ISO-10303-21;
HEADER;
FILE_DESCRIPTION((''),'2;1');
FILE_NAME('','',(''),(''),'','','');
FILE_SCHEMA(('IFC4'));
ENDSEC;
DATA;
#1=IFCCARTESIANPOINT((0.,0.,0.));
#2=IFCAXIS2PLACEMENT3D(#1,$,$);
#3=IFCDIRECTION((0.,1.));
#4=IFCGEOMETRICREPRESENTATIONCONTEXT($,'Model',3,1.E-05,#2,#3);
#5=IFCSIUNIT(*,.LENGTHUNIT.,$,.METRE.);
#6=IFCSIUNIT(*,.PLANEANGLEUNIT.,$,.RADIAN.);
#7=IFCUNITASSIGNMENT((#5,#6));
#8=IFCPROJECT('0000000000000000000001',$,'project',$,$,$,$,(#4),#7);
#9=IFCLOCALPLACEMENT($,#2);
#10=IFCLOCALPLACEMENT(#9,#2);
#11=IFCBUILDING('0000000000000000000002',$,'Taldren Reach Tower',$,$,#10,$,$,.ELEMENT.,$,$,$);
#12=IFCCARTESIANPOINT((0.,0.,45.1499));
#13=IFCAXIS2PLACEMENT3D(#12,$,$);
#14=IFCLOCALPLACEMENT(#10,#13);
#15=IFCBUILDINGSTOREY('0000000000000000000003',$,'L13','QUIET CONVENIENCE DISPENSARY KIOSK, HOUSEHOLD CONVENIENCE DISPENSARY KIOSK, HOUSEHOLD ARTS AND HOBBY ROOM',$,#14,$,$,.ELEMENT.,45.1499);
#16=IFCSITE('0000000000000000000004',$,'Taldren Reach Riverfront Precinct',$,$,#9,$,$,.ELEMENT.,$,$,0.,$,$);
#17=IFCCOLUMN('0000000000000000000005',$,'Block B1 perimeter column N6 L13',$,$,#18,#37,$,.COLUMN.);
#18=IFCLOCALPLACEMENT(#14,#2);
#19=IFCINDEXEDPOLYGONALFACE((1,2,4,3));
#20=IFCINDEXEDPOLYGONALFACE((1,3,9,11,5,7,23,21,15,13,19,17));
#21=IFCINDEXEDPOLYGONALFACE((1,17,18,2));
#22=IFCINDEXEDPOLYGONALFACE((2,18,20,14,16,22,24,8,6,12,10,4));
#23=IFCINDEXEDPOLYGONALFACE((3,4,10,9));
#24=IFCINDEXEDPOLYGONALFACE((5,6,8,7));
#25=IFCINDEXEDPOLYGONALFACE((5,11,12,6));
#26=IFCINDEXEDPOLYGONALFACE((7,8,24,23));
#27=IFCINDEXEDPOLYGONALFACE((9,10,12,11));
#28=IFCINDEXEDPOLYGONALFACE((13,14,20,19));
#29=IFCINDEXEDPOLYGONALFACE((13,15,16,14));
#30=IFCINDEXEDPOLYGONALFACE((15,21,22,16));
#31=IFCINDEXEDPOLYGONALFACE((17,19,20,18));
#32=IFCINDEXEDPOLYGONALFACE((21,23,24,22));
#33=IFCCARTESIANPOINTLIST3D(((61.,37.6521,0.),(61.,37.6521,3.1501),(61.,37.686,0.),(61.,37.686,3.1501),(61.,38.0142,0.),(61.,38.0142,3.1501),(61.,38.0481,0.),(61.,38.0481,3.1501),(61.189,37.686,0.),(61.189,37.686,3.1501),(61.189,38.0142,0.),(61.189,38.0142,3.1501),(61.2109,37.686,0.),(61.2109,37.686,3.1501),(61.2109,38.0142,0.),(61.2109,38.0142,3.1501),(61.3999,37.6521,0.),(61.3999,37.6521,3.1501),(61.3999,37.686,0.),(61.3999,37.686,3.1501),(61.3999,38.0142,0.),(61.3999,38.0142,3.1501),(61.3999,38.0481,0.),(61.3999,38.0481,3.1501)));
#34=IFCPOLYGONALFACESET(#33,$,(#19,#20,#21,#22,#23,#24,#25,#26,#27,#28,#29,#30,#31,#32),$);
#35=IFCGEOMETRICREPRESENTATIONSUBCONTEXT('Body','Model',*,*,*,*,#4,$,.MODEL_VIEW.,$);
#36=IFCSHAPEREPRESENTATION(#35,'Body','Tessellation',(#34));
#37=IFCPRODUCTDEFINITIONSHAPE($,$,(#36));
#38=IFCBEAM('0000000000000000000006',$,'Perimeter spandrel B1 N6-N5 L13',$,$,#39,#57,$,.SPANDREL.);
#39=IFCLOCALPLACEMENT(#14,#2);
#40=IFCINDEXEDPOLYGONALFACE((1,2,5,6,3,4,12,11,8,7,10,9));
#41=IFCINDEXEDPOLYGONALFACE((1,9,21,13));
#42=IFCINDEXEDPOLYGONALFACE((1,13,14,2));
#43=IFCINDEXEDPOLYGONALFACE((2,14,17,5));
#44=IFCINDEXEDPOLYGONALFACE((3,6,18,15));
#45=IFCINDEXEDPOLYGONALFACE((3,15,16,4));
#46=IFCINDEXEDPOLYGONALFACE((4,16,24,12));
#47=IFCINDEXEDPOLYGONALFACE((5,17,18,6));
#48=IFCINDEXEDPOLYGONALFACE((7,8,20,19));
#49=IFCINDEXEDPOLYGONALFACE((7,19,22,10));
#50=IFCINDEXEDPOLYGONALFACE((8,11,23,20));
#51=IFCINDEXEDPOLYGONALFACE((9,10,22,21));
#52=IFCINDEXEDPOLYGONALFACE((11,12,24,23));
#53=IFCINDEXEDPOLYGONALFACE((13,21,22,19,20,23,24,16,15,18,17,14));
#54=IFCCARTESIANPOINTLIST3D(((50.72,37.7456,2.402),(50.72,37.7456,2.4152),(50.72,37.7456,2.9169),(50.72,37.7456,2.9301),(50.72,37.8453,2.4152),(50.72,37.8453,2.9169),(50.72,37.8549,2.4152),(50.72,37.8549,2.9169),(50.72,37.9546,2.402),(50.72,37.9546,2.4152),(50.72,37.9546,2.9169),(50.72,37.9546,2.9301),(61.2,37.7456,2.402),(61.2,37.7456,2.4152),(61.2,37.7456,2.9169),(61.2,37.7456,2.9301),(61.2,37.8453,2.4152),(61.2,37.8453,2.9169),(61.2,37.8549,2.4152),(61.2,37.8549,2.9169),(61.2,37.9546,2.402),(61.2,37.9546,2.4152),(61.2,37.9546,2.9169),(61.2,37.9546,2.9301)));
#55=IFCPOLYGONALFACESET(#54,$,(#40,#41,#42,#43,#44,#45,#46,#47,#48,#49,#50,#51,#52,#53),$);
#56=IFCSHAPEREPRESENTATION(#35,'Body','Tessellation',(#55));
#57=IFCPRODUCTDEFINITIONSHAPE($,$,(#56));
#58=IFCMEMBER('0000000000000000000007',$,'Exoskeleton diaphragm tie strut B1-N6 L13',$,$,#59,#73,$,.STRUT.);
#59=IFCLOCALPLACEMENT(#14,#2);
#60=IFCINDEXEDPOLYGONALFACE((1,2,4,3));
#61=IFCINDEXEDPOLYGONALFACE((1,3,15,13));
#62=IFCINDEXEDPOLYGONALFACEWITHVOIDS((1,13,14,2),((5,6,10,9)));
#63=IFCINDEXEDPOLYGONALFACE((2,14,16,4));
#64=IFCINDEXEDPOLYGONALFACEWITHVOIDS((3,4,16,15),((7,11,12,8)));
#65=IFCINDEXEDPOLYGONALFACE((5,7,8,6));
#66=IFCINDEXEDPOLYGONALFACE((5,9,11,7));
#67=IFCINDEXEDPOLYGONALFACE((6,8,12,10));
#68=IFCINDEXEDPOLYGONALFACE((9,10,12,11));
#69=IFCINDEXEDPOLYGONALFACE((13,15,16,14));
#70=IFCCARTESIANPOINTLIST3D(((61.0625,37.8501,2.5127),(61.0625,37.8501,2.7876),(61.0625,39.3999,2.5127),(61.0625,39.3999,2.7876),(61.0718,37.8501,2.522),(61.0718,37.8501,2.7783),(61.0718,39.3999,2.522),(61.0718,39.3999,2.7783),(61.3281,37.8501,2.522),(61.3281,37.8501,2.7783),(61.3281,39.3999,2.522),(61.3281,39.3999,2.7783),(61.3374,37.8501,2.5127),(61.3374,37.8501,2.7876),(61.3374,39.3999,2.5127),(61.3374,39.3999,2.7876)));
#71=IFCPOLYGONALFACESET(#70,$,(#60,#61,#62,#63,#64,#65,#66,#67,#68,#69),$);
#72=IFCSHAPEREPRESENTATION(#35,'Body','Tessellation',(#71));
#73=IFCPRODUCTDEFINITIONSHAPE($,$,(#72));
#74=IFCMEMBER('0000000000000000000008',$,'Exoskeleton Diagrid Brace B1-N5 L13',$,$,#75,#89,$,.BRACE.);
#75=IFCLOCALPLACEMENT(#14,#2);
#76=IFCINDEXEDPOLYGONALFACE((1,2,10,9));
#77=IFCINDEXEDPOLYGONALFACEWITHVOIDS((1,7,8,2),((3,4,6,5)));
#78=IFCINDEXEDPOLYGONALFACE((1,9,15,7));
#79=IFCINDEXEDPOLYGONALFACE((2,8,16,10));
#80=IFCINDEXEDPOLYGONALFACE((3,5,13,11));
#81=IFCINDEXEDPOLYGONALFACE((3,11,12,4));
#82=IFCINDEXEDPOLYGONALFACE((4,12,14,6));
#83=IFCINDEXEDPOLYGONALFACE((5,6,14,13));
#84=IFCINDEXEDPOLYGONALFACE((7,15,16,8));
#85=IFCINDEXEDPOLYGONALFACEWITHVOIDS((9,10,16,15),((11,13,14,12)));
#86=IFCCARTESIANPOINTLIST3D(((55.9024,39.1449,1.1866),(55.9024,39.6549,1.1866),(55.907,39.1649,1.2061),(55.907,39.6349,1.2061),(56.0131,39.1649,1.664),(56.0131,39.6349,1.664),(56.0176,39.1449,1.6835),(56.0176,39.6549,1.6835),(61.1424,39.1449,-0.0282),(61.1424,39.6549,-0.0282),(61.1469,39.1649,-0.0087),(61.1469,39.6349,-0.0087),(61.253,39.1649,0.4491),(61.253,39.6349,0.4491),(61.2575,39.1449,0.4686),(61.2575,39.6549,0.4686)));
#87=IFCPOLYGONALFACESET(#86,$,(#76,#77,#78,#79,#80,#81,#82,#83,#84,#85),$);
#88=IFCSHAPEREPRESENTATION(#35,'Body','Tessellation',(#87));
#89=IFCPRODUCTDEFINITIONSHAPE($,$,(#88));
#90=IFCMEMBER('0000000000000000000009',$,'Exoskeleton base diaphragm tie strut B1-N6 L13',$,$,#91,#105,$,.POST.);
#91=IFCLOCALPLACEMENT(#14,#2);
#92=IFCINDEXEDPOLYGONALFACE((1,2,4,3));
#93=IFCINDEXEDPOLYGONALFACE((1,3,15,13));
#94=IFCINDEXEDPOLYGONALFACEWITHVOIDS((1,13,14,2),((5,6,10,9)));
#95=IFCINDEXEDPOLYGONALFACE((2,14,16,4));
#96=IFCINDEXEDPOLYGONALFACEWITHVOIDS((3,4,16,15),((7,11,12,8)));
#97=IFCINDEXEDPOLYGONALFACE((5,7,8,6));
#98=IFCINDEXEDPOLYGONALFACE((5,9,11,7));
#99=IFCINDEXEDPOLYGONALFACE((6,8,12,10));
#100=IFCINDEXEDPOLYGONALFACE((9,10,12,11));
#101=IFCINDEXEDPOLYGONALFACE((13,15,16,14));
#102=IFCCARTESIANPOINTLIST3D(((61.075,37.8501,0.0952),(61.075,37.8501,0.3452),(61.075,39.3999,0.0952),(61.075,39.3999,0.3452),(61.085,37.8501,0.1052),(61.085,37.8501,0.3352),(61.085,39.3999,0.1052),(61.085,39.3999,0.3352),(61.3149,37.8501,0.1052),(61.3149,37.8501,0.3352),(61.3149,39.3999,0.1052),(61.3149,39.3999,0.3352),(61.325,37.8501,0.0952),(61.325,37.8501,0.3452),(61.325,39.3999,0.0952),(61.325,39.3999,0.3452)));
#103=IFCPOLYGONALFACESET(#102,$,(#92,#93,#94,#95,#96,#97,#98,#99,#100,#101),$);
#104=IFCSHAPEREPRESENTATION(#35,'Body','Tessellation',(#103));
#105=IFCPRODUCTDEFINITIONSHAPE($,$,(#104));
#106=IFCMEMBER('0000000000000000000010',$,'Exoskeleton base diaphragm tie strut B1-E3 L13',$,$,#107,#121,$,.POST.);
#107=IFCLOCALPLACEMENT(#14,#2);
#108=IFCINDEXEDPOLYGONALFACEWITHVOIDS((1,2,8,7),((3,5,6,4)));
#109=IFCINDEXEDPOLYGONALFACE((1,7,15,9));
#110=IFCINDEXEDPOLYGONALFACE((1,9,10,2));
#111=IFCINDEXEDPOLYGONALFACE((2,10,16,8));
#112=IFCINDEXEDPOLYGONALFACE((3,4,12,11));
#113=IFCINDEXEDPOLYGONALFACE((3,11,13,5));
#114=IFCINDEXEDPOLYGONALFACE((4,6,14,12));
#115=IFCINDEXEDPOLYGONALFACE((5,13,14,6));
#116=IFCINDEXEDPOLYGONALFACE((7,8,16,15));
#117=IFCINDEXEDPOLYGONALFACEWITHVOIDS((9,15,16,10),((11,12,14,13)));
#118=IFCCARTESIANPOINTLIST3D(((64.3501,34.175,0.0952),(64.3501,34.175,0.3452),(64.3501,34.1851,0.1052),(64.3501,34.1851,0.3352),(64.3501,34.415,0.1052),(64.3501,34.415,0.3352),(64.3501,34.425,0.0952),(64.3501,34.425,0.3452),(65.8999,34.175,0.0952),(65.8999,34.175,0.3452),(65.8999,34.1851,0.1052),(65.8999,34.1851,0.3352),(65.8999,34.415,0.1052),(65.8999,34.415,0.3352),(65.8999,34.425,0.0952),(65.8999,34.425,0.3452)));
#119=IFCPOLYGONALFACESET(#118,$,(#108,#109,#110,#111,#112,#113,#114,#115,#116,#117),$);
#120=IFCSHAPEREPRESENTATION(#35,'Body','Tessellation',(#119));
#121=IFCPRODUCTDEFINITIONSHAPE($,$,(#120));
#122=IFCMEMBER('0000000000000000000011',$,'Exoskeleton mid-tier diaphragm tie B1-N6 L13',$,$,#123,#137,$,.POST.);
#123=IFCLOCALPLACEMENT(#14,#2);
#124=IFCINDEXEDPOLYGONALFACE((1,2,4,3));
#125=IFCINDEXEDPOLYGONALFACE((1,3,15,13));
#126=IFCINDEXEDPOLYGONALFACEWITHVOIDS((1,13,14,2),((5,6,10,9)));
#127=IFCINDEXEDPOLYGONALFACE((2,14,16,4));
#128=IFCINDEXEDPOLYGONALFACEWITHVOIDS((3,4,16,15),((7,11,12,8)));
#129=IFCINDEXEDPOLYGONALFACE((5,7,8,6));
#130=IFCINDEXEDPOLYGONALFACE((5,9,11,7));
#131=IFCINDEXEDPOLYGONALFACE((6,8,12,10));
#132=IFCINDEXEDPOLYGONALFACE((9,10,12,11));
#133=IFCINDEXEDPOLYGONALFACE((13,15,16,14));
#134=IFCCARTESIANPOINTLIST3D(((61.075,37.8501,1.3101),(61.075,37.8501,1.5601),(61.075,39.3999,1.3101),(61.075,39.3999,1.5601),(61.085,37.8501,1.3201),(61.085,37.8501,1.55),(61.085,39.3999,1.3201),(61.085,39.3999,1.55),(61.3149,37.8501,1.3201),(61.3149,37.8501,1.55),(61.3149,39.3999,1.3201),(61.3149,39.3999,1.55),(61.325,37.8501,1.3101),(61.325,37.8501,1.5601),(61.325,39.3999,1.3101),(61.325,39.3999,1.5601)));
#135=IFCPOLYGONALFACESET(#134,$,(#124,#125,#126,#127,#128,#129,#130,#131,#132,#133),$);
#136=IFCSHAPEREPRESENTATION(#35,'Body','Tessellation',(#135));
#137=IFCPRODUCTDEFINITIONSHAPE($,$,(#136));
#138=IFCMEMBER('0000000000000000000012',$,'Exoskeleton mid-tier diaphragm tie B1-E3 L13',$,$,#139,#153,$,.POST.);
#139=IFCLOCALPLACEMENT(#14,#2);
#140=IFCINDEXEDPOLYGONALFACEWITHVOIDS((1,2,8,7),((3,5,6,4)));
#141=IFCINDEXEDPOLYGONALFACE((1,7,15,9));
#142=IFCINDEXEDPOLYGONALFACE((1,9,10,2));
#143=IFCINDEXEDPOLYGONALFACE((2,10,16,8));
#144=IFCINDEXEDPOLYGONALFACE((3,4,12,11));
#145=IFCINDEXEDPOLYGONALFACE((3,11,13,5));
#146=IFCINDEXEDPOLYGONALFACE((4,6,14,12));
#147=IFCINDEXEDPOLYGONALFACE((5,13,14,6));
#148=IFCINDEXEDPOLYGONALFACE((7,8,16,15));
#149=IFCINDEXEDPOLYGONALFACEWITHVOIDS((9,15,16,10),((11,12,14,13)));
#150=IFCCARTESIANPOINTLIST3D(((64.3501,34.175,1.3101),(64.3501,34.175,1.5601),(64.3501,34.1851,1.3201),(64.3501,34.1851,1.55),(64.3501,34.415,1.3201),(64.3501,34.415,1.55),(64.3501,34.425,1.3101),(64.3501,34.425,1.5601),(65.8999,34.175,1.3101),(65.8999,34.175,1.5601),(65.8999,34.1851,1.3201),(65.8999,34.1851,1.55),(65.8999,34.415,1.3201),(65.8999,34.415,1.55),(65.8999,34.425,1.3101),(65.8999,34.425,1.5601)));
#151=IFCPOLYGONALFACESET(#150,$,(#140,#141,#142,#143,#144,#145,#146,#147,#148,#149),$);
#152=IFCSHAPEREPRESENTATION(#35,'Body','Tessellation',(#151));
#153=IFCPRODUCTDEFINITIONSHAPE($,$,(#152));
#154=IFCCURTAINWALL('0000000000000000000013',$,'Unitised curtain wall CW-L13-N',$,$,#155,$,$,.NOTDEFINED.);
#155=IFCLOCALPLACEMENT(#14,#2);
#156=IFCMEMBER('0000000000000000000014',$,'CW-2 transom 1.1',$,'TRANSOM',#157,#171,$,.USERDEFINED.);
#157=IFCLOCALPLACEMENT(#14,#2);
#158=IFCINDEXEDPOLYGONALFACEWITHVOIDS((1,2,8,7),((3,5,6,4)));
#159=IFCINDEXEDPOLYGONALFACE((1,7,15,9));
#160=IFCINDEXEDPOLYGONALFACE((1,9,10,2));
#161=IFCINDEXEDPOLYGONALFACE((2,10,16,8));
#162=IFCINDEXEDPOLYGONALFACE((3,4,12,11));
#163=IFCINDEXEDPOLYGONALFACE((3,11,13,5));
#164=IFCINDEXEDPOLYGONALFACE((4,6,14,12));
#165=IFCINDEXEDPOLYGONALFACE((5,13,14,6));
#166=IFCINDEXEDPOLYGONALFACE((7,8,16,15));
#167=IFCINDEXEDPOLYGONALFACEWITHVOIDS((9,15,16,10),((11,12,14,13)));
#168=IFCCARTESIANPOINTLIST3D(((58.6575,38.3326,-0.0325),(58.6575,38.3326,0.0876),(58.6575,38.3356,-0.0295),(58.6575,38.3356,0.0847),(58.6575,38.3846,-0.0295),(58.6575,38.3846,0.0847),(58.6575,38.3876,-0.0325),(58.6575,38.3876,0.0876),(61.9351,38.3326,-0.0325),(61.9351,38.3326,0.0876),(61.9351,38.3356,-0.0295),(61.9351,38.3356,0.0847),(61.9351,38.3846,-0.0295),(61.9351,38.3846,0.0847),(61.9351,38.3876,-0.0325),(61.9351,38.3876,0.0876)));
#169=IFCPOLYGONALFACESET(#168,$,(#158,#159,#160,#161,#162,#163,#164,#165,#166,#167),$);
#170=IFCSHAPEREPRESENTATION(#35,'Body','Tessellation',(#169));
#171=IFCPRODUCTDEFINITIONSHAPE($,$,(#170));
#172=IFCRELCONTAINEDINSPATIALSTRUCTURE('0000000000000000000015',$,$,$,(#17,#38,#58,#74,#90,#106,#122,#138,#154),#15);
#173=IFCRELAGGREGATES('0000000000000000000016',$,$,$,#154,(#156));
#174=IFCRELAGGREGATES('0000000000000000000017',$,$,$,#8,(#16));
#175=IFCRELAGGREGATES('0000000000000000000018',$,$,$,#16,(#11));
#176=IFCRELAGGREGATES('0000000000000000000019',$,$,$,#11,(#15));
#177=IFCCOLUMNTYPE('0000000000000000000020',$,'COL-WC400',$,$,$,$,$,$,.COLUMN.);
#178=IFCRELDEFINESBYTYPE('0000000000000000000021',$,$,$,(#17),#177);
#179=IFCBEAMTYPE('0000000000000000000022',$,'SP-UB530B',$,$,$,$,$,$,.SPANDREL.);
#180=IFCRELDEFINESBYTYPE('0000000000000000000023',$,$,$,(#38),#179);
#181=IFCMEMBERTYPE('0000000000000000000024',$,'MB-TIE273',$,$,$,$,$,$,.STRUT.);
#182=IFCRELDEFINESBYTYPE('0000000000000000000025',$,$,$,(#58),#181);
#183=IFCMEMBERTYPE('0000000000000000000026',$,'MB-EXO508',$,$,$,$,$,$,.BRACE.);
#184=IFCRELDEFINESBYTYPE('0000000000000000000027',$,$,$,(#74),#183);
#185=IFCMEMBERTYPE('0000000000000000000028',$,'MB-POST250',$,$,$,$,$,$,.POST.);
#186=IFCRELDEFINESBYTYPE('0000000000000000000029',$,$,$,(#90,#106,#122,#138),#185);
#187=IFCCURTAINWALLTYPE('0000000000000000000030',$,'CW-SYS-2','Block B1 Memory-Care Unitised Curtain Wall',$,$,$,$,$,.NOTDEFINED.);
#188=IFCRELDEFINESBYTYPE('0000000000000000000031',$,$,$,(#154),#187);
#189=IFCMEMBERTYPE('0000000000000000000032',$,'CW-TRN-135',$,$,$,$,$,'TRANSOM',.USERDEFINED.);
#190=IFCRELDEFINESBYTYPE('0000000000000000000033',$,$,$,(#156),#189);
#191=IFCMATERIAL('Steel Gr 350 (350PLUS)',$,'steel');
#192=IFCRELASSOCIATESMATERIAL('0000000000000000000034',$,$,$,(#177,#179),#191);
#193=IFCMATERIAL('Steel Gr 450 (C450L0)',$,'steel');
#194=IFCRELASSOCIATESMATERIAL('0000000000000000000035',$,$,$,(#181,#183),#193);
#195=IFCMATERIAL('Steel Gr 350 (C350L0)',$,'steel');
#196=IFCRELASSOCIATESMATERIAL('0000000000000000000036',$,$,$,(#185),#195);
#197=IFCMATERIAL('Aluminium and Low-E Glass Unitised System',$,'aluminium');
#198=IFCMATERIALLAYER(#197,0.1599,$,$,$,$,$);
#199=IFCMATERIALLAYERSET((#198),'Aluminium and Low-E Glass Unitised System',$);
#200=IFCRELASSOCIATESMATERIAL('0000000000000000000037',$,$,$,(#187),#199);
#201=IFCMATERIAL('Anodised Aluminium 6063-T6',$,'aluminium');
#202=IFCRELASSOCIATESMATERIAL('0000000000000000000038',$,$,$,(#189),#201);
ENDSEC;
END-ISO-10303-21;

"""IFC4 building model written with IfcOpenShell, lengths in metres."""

from ifc_helpers import new_model, si_unit, direction, frame, origin, origin_2d, place, context, subcontext, project, spatial, hollow_rectangle, i_section, extrude, source, transform, mapped, material, layer, layer_set, material_profile, profile_set, type_object, element, aggregate, save


model = new_model("IFC4")

# Units and contexts
model_context = context("Model", 3, precision=1e-05, world=origin(), true_north=direction((0.0, 1.0)))
body_context = subcontext(model_context, "Body", "Model", "MODEL_VIEW")
ifc_project = project(units=[si_unit("LENGTHUNIT", "METRE"), si_unit("PLANEANGLEUNIT", "RADIAN")], contexts=[model_context])

# Site, building, storey
site_placement = place(None, origin())
site = spatial("IfcSite", under=ifc_project, at=site_placement, Name="Taldren Reach Riverfront Precinct", CompositionType="ELEMENT", RefElevation=0.0)
building_placement = place(site_placement, origin())
building = spatial("IfcBuilding", under=site, at=building_placement, Name="Taldren Reach Tower", CompositionType="ELEMENT")
storey_placement = place(building_placement, frame((0.0, 0.0, 45.1499)))
storey = spatial("IfcBuildingStorey", under=building, at=storey_placement, Name="L13", Description="QUIET CONVENIENCE DISPENSARY KIOSK, HOUSEHOLD CONVENIENCE DISPENSARY KIOSK, HOUSEHOLD ARTS AND HOBBY ROOM", CompositionType="ELEMENT", Elevation=45.1499)

# Column
ifc_material_1 = material(Name="Steel Gr 350 (350PLUS)", Category="steel")
ifc_material_profile_1 = material_profile(ifc_material_1, i_section(OverallWidth=0.3999, OverallDepth=0.396, WebThickness=0.022, FlangeThickness=0.0339, at=origin_2d()), Name="400WC270")
ifc_profile_set_1 = profile_set([ifc_material_profile_1], Name="Steel Gr 350 (350PLUS)")
column_type = type_object("IfcColumnType", Name="COL-WC400", PredefinedType="COLUMN", material=ifc_profile_set_1)
shared_shape_1 = source(origin(), body_context, "Body", "SweptSolid", [
    extrude(i_section(OverallWidth=0.3999, OverallDepth=0.396, WebThickness=0.022, FlangeThickness=0.0339, at=origin_2d()), origin(), (0.0, 0.0, 1.0), 3.1501),
])
column_placement = place(storey_placement, frame((61.2, 37.8501, 0.0), z_axis=(0.0, 0.0, 1.0), x_axis=(1.0, 0.0, 0.0)))
element("IfcColumn", 1, at=column_placement, inside=storey, type_object=column_type, Name="Block B1 perimeter column N6 L13", PredefinedType="COLUMN", context=body_context, shape_type="MappedRepresentation", body=[
    mapped(shared_shape_1, transform((0.0, 0.0, 0.0), scale=1.0)),
])

# Beam
ifc_material_profile_2 = material_profile(ifc_material_1, i_section(OverallWidth=0.209, OverallDepth=0.5281, WebThickness=0.0095, FlangeThickness=0.0132, at=origin_2d()), Name="530UB82.0")
ifc_profile_set_2 = profile_set([ifc_material_profile_2], Name="Steel Gr 350 (350PLUS)")
beam_type = type_object("IfcBeamType", Name="SP-UB530B", PredefinedType="SPANDREL", material=ifc_profile_set_2)
shared_shape_2 = source(origin(), body_context, "Body", "SweptSolid", [
    extrude(i_section(OverallWidth=0.209, OverallDepth=0.5281, WebThickness=0.0095, FlangeThickness=0.0132, at=origin_2d()), origin(), (0.0, 0.0, 1.0), 10.48),
])
beam_placement = place(storey_placement, frame((61.2, 37.8501, 2.666), z_axis=(-1.0, 0.0, 0.0), x_axis=(0.0, -1.0, 0.0)))
element("IfcBeam", 2, at=beam_placement, inside=storey, type_object=beam_type, Name="Perimeter spandrel B1 N6-N5 L13", PredefinedType="SPANDREL", context=body_context, shape_type="MappedRepresentation", body=[
    mapped(shared_shape_2, transform((0.0, 0.0, 0.0), scale=1.0)),
])

# Members
ifc_material_2 = material(Name="Steel Gr 450 (C450L0)", Category="steel")
ifc_material_profile_3 = material_profile(ifc_material_2, hollow_rectangle(XDim=0.2749, YDim=0.2749, WallThickness=0.0093, at=origin_2d()), Name="275x275x9.3SHS")
ifc_profile_set_3 = profile_set([ifc_material_profile_3], Name="Steel Gr 450 (C450L0)")
member_type_1 = type_object("IfcMemberType", Name="MB-TIE273", PredefinedType="STRUT", material=ifc_profile_set_3)
shared_shape_3 = source(origin(), body_context, "Body", "SweptSolid", [
    extrude(hollow_rectangle(XDim=0.2749, YDim=0.2749, WallThickness=0.0093, at=origin_2d()), origin(), (0.0, 0.0, 1.0), 1.5498),
])
member_1_placement = place(storey_placement, frame((61.2, 37.8501, 2.6501), z_axis=(0.0, 1.0, 0.0), x_axis=(-1.0, 0.0, 0.0)))
element("IfcMember", 3, at=member_1_placement, inside=storey, type_object=member_type_1, Name="Exoskeleton diaphragm tie strut B1-N6 L13", PredefinedType="STRUT", context=body_context, shape_type="MappedRepresentation", body=[
    mapped(shared_shape_3, transform((0.0, 0.0, 0.0), scale=1.0)),
])
ifc_material_profile_4 = material_profile(ifc_material_2, hollow_rectangle(XDim=0.51, YDim=0.51, WallThickness=0.02, at=origin_2d()), Name="510x510x20.0SHS")
ifc_profile_set_4 = profile_set([ifc_material_profile_4], Name="Steel Gr 450 (C450L0)")
member_type_2 = type_object("IfcMemberType", Name="MB-EXO508", PredefinedType="BRACE", material=ifc_profile_set_4)
shared_shape_4 = source(origin(), body_context, "Body", "SweptSolid", [
    extrude(hollow_rectangle(XDim=0.51, YDim=0.51, WallThickness=0.02, at=origin_2d()), origin(), (0.0, 0.0, 1.0), 5.3789),
])
member_2_placement = place(storey_placement, frame((61.2, 39.3999, 0.2202), z_axis=(-0.974162, 0.0, 0.225851), x_axis=(0.0, -1.0, 0.0)))
element("IfcMember", 4, at=member_2_placement, inside=storey, type_object=member_type_2, Name="Exoskeleton Diagrid Brace B1-N5 L13", PredefinedType="BRACE", context=body_context, shape_type="MappedRepresentation", body=[
    mapped(shared_shape_4, transform((0.0, 0.0, 0.0), scale=1.0)),
])
ifc_material_3 = material(Name="Steel Gr 350 (C350L0)", Category="steel")
ifc_material_profile_5 = material_profile(ifc_material_3, hollow_rectangle(XDim=0.25, YDim=0.25, WallThickness=0.01, at=origin_2d()), Name="250x250x10.0SHS")
ifc_profile_set_5 = profile_set([ifc_material_profile_5], Name="Steel Gr 350 (C350L0)")
member_type_3 = type_object("IfcMemberType", Name="MB-POST250", PredefinedType="POST", material=ifc_profile_set_5)
shared_shape_5 = source(origin(), body_context, "Body", "SweptSolid", [
    extrude(hollow_rectangle(XDim=0.25, YDim=0.25, WallThickness=0.01, at=origin_2d()), origin(), (0.0, 0.0, 1.0), 1.5498),
])
for number, where, z_axis, x_axis, name in (
    (5, (61.2, 37.8501, 0.2202), (0.0, 1.0, 0.0), (-1.0, 0.0, 0.0), "Exoskeleton base diaphragm tie strut B1-N6 L13"),
    (6, (64.3501, 34.3, 0.2202), (1.0, 0.0, 0.0), (0.0, 1.0, 0.0), "Exoskeleton base diaphragm tie strut B1-E3 L13"),
    (7, (61.2, 37.8501, 1.4351), (0.0, 1.0, 0.0), (-1.0, 0.0, 0.0), "Exoskeleton mid-tier diaphragm tie B1-N6 L13"),
    (8, (64.3501, 34.3, 1.4351), (1.0, 0.0, 0.0), (0.0, 1.0, 0.0), "Exoskeleton mid-tier diaphragm tie B1-E3 L13"),
):
    element("IfcMember", number, at=place(storey_placement, frame(where, z_axis=z_axis, x_axis=x_axis)), inside=storey, type_object=member_type_3, Name=name, PredefinedType="POST", context=body_context, shape_type="MappedRepresentation", body=[
        mapped(shared_shape_5, transform((0.0, 0.0, 0.0), scale=1.0)),
    ])

# Curtain wall, member
ifc_material_4 = material(Name="Aluminium and Low-E Glass Unitised System", Category="aluminium")
ifc_layer_1 = layer(ifc_material_4, 0.1599)
ifc_layer_set_1 = layer_set([ifc_layer_1], Name="Aluminium and Low-E Glass Unitised System")
curtain_wall_type = type_object("IfcCurtainWallType", Name="CW-SYS-2", Description="Block B1 Memory-Care Unitised Curtain Wall", PredefinedType="NOTDEFINED", material=ifc_layer_set_1)
curtain_wall_1_placement = place(storey_placement, origin())
curtain_wall_1 = element("IfcCurtainWall", 9, at=curtain_wall_1_placement, inside=storey, type_object=curtain_wall_type, Name="Unitised curtain wall CW-L13-N", PredefinedType="NOTDEFINED")
ifc_material_5 = material(Name="Anodised Aluminium 6063-T6", Category="aluminium")
ifc_material_profile_6 = material_profile(ifc_material_5, hollow_rectangle(XDim=0.0549, YDim=0.1201, WallThickness=0.0029, at=origin_2d()), Name="ALU-120x55x3RHS")
ifc_profile_set_6 = profile_set([ifc_material_profile_6], Name="Anodised Aluminium 6063-T6")
member_type_4 = type_object("IfcMemberType", Name="CW-TRN-135", ElementType="TRANSOM", PredefinedType="USERDEFINED", material=ifc_profile_set_6)
shared_shape_6 = source(origin(), body_context, "Body", "SweptSolid", [
    extrude(hollow_rectangle(XDim=0.0549, YDim=0.1201, WallThickness=0.0029, at=origin_2d()), origin(), (0.0, 0.0, 1.0), 3.2776),
])
member_3_placement = place(storey_placement, frame((61.9351, 38.3601, 0.0276), z_axis=(-1.0, 0.0, 0.0), x_axis=(0.0, -1.0, 0.0)))
member_3 = element("IfcMember", 10, at=member_3_placement, type_object=member_type_4, Name="CW-2 transom 1.1", ObjectType="TRANSOM", PredefinedType="USERDEFINED", context=body_context, shape_type="MappedRepresentation", body=[
    mapped(shared_shape_6, transform((0.0, 0.0, 0.0), scale=1.0)),
])

aggregate(curtain_wall_1, [member_3])

save(model, "model.ifc")
